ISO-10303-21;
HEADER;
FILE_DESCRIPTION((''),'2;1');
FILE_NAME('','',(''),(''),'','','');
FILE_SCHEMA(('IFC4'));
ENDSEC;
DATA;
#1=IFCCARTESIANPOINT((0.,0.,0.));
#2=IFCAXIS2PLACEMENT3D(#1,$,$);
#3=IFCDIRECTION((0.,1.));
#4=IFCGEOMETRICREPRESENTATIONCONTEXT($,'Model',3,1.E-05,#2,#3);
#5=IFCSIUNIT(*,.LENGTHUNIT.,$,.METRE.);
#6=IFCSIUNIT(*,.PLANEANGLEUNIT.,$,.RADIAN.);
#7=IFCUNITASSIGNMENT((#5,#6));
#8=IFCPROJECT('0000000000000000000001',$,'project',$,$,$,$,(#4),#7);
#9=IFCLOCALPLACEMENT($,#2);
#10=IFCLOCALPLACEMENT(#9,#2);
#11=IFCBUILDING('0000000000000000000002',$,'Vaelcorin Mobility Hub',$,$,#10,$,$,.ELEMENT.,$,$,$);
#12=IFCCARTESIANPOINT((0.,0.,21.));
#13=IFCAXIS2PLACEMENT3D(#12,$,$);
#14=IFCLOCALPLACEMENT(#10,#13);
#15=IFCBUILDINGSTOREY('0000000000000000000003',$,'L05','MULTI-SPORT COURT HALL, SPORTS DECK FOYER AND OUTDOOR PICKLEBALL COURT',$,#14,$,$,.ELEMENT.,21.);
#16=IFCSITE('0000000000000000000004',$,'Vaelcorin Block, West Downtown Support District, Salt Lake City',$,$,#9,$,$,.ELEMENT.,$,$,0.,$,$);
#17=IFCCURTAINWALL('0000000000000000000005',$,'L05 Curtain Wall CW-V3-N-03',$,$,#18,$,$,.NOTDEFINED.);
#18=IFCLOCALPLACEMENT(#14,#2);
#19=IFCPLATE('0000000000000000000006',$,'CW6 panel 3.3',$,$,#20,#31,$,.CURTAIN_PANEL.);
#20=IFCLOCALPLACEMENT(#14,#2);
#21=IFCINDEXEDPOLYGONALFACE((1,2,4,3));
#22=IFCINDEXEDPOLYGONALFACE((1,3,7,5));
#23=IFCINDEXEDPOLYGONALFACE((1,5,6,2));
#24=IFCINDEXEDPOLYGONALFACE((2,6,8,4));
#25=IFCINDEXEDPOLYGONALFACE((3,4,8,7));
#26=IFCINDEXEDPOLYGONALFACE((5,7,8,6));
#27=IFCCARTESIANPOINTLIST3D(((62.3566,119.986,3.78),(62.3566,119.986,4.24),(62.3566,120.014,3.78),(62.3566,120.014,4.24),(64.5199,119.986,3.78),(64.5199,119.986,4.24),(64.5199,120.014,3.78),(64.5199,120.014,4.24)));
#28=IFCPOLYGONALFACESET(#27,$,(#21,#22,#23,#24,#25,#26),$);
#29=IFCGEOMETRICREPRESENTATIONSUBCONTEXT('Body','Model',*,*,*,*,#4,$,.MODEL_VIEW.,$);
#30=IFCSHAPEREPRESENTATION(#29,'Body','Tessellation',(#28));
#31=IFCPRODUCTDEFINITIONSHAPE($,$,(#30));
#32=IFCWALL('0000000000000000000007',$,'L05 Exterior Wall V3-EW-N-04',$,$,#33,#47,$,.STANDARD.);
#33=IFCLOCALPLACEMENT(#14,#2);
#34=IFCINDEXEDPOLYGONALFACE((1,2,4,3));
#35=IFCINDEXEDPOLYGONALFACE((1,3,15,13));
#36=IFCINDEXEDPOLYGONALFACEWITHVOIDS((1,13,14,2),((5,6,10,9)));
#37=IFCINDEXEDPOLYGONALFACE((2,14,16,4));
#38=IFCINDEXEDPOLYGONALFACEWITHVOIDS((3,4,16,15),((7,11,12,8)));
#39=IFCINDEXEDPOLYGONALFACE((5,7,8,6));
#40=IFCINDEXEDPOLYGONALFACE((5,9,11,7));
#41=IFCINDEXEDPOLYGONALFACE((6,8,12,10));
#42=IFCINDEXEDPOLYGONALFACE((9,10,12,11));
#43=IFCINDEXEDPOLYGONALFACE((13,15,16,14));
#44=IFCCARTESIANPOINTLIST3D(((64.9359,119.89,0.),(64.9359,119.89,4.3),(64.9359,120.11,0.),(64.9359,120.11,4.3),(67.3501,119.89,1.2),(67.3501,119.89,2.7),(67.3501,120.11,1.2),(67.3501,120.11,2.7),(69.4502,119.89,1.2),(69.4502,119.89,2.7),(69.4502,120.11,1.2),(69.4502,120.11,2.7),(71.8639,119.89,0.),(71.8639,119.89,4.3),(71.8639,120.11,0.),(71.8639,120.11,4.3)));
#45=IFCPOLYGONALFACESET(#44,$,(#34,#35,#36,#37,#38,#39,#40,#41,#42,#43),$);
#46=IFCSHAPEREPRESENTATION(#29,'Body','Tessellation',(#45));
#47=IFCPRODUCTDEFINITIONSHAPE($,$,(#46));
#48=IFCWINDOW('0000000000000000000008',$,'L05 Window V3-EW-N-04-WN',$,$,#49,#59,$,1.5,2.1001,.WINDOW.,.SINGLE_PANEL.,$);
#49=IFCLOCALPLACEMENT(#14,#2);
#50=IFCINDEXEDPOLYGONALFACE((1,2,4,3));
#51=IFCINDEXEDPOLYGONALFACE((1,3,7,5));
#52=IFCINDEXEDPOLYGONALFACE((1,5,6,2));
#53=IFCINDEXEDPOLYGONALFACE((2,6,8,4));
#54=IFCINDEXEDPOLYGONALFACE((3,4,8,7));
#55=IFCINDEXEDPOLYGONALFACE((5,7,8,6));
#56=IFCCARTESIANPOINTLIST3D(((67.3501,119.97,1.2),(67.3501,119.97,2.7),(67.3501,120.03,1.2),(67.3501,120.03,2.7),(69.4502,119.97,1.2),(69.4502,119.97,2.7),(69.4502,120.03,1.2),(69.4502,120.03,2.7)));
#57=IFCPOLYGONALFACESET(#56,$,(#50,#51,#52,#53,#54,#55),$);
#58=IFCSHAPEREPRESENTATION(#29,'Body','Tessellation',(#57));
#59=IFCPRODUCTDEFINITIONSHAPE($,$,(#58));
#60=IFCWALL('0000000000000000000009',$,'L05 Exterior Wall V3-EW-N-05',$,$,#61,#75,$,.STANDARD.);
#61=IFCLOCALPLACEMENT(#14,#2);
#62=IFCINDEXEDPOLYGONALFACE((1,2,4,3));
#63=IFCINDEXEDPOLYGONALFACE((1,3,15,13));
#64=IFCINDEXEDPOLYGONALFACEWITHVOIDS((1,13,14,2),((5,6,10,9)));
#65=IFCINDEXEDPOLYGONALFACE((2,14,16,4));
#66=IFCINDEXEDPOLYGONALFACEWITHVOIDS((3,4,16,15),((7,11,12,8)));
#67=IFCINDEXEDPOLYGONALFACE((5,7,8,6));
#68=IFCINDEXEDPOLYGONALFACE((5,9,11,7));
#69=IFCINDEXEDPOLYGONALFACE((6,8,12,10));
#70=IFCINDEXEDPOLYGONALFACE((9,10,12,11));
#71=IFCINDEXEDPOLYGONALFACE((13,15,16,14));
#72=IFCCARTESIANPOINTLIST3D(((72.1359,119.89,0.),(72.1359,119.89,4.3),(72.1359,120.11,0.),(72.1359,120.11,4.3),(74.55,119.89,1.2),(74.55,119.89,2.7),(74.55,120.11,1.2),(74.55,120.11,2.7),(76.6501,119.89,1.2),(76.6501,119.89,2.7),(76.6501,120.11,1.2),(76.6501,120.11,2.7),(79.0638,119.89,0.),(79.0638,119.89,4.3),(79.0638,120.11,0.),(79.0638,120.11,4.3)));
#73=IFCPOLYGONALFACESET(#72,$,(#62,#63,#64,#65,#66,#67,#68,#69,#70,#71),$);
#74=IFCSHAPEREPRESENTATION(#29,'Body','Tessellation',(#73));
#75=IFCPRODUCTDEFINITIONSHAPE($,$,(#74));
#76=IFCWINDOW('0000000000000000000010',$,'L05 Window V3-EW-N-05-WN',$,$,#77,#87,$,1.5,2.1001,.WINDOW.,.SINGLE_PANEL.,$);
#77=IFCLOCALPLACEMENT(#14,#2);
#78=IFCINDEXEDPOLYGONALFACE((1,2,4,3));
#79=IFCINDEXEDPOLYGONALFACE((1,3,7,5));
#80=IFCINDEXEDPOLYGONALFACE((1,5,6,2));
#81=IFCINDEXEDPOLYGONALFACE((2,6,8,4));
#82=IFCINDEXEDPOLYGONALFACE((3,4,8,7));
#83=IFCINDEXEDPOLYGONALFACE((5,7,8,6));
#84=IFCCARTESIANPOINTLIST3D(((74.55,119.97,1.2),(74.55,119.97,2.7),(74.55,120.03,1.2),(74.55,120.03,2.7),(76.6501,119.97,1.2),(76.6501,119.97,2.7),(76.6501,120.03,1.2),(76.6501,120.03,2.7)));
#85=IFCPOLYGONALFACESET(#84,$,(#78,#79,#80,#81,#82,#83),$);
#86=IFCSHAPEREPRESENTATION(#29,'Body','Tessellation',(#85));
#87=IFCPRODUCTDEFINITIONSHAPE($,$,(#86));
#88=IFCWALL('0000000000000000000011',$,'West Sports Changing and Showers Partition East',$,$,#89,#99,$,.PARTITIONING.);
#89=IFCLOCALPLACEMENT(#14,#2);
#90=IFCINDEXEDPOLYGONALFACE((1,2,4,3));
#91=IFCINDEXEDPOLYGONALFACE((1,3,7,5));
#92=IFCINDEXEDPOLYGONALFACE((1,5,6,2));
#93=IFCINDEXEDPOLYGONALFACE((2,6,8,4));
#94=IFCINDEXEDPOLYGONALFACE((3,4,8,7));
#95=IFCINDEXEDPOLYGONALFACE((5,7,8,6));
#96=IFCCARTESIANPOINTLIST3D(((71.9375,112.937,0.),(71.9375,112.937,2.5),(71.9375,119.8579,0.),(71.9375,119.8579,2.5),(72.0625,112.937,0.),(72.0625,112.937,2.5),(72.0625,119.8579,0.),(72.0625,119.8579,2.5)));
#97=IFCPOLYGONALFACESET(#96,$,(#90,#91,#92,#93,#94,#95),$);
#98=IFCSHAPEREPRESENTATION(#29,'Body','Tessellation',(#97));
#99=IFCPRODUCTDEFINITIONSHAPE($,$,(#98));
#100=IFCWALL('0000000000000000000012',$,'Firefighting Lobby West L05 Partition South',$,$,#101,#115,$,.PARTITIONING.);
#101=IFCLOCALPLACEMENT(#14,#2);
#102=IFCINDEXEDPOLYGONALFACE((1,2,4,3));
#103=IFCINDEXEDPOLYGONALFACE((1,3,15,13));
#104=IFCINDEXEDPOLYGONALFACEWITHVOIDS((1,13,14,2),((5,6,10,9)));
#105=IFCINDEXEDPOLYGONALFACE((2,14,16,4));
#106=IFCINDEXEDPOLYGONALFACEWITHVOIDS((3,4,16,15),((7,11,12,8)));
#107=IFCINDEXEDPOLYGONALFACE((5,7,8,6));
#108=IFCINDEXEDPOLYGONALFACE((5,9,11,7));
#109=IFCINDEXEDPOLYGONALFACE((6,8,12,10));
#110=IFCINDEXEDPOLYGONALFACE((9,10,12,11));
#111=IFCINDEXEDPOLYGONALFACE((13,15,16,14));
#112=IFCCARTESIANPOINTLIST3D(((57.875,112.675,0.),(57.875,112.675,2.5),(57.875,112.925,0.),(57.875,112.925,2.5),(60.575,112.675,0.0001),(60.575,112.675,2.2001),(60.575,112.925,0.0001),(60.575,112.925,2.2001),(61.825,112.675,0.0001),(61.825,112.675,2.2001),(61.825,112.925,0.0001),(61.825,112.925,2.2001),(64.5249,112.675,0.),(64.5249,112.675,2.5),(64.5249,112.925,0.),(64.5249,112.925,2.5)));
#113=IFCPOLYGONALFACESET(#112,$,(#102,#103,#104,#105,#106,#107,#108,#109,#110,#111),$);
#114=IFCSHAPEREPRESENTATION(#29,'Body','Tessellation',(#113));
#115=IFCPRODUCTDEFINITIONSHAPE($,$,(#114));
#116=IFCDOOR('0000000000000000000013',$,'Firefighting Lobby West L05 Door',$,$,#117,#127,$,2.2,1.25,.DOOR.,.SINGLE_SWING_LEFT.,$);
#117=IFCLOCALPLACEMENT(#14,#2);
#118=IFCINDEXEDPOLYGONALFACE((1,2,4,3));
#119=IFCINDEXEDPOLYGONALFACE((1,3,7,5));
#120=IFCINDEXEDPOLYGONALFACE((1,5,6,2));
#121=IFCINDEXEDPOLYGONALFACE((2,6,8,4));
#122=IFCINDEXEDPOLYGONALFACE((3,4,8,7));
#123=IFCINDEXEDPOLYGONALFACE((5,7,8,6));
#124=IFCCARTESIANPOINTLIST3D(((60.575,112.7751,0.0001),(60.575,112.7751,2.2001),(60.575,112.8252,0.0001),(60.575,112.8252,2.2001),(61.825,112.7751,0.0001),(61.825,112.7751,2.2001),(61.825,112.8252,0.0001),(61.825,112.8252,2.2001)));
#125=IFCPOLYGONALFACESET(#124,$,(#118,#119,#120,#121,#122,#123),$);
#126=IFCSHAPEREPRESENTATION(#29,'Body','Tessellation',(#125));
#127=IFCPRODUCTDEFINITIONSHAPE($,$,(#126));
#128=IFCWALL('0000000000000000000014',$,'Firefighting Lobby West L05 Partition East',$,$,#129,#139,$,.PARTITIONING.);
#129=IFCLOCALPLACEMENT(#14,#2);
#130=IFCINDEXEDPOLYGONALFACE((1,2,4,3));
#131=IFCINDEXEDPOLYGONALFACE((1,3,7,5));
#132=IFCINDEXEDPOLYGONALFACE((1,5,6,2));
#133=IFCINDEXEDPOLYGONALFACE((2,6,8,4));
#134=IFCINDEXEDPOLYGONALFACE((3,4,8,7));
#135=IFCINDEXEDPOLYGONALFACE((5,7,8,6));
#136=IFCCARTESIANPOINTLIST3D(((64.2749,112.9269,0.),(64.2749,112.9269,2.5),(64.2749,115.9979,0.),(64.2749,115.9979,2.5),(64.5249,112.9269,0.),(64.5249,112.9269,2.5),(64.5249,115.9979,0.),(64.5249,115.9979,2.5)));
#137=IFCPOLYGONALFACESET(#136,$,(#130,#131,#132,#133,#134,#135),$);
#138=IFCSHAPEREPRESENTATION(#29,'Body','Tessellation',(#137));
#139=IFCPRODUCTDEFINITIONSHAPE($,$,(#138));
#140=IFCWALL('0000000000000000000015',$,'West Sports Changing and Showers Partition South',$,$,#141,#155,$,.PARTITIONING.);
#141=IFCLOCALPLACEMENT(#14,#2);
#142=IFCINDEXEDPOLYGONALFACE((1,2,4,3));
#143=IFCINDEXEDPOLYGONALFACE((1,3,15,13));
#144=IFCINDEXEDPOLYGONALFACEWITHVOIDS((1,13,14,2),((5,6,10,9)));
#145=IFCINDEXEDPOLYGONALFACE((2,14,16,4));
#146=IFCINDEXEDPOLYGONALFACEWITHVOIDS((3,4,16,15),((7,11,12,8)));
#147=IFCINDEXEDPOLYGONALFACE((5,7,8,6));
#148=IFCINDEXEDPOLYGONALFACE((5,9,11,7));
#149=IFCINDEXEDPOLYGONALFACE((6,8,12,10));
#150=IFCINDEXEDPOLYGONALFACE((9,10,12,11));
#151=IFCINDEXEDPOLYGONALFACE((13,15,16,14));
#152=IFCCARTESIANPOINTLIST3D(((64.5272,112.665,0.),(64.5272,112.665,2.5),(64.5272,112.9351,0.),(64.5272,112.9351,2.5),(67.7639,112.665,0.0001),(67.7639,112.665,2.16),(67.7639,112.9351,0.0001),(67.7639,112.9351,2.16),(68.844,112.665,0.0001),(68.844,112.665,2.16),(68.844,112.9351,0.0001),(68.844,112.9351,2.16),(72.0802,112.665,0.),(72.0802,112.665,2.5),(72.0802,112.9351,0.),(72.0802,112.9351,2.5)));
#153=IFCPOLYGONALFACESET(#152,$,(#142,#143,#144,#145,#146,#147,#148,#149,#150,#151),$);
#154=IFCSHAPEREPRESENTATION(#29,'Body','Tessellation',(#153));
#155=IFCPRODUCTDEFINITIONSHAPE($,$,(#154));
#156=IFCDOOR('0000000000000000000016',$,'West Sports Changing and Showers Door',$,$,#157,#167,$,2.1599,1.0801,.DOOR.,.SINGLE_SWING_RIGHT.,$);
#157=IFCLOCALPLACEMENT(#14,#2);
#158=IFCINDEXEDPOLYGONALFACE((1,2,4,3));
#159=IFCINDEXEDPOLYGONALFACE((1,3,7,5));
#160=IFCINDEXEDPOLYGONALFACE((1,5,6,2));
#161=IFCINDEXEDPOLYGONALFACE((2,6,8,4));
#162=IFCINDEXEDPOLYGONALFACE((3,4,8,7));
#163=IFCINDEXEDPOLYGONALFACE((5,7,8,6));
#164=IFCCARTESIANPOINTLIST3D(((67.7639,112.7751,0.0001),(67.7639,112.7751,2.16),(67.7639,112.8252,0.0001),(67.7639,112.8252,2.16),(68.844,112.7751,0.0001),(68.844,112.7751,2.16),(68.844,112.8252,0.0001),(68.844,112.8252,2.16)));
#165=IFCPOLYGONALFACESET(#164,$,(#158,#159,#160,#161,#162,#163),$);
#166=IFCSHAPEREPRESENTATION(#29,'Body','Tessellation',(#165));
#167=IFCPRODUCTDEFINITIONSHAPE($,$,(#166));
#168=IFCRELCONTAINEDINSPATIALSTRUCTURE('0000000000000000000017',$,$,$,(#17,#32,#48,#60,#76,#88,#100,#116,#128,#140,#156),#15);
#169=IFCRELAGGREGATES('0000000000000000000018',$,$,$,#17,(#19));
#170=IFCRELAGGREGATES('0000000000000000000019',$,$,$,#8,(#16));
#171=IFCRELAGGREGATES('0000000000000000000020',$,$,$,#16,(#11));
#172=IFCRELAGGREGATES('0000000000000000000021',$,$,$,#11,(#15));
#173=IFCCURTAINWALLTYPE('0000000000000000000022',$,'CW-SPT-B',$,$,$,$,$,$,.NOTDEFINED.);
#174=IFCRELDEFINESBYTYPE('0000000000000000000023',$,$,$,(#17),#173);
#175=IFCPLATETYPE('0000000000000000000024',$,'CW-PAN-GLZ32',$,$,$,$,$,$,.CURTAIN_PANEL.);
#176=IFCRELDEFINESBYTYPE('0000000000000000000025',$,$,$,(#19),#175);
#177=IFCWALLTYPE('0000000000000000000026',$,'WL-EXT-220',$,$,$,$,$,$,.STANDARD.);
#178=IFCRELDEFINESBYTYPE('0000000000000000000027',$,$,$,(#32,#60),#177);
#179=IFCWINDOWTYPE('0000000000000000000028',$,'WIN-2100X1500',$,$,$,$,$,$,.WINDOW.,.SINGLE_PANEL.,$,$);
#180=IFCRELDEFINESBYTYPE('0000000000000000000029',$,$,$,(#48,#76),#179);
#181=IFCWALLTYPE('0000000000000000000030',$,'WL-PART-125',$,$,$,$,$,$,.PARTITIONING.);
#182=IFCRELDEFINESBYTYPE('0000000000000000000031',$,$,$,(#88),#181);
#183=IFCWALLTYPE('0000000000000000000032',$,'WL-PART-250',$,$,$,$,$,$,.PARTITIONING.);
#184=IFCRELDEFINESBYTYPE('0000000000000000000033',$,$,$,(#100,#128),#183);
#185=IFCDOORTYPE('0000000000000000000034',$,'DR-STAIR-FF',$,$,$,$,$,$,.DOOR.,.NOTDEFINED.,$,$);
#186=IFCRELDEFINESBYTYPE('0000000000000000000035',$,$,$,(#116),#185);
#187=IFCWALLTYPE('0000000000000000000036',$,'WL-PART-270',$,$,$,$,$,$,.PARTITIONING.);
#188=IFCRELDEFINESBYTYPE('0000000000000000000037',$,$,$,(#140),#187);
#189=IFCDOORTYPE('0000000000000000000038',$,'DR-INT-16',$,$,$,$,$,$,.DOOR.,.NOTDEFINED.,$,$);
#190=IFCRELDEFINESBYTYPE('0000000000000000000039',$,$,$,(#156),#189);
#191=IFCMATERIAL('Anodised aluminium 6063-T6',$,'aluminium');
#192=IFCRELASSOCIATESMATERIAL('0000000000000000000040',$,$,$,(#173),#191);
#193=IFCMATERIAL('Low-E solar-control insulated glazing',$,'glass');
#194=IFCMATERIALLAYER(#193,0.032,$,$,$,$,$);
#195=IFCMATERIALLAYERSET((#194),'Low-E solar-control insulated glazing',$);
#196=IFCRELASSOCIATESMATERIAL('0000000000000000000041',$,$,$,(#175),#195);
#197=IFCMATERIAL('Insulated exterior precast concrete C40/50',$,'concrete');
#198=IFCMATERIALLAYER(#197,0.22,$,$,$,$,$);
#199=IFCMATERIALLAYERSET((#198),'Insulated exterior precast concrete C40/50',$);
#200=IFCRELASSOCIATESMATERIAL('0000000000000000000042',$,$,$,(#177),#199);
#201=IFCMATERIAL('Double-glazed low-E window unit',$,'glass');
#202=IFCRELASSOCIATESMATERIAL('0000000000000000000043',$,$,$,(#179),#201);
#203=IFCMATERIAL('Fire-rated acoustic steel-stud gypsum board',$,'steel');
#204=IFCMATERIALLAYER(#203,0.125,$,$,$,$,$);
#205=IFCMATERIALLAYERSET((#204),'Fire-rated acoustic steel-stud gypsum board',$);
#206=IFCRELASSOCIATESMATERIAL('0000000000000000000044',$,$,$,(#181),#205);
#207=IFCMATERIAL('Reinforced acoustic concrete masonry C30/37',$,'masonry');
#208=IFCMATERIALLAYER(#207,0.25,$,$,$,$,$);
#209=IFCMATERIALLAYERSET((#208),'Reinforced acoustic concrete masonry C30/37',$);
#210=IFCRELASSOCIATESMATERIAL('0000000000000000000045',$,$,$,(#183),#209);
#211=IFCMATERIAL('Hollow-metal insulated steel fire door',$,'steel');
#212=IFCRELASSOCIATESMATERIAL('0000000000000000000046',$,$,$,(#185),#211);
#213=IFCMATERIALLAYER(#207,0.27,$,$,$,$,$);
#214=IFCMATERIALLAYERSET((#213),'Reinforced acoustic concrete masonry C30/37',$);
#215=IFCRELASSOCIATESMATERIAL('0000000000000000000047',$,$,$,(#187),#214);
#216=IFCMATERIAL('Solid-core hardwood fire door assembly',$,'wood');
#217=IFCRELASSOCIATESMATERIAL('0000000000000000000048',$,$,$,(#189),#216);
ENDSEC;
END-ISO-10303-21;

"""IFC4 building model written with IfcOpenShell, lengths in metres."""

from ifc_helpers import new_model, si_unit, direction, frame, frame_2d, origin, origin_2d, place, context, subcontext, project, spatial, rectangle, extrude, material, layer, layer_set, type_object, element, fill, aggregate, save


model = new_model("IFC4")

# Units and contexts
model_context = context("Model", 3, precision=1e-05, world=origin(), true_north=direction((0.0, 1.0)))
body_context = subcontext(model_context, "Body", "Model", "MODEL_VIEW")
ifc_project = project(units=[si_unit("LENGTHUNIT", "METRE"), si_unit("PLANEANGLEUNIT", "RADIAN")], contexts=[model_context])

# Site, building, storey
site_placement = place(None, origin())
site = spatial("IfcSite", under=ifc_project, at=site_placement, Name="Vaelcorin Block, West Downtown Support District, Salt Lake City", CompositionType="ELEMENT", RefElevation=0.0)
building_placement = place(site_placement, origin())
building = spatial("IfcBuilding", under=site, at=building_placement, Name="Vaelcorin Mobility Hub", CompositionType="ELEMENT")
storey_placement = place(building_placement, frame((0.0, 0.0, 21.0)))
storey = spatial("IfcBuildingStorey", under=building, at=storey_placement, Name="L05", Description="MULTI-SPORT COURT HALL, SPORTS DECK FOYER AND OUTDOOR PICKLEBALL COURT", CompositionType="ELEMENT", Elevation=21.0)

# Curtain wall, plate
ifc_material_1 = material(Name="Anodised aluminium 6063-T6", Category="aluminium")
curtain_wall_type = type_object("IfcCurtainWallType", Name="CW-SPT-B", PredefinedType="NOTDEFINED", material=ifc_material_1)
curtain_wall_placement = place(storey_placement, origin())
curtain_wall = element("IfcCurtainWall", 1, at=curtain_wall_placement, inside=storey, type_object=curtain_wall_type, Name="L05 Curtain Wall CW-V3-N-03", PredefinedType="NOTDEFINED")
ifc_material_2 = material(Name="Low-E solar-control insulated glazing", Category="glass")
ifc_layer_1 = layer(ifc_material_2, 0.032)
ifc_layer_set_1 = layer_set([ifc_layer_1], Name="Low-E solar-control insulated glazing")
plate_type = type_object("IfcPlateType", Name="CW-PAN-GLZ32", PredefinedType="CURTAIN_PANEL", material=ifc_layer_set_1)
plate_placement = place(storey_placement, frame((63.4382, 120.0, 3.78), z_axis=(0.0, 0.0, 1.0), x_axis=(1.0, 0.0, 0.0)))
plate = element("IfcPlate", 2, at=plate_placement, type_object=plate_type, Name="CW6 panel 3.3", PredefinedType="CURTAIN_PANEL", context=body_context, shape_type="SweptSolid", body=[
    extrude(rectangle(XDim=2.1633, YDim=0.0281, at=origin_2d()), origin(), (0.0, 0.0, 1.0), 0.46),
])
aggregate(curtain_wall, [plate])

# Walls, openings, windows
ifc_material_3 = material(Name="Insulated exterior precast concrete C40/50", Category="concrete")
ifc_layer_2 = layer(ifc_material_3, 0.22)
ifc_layer_set_2 = layer_set([ifc_layer_2], Name="Insulated exterior precast concrete C40/50")
wall_type_1 = type_object("IfcWallType", Name="WL-EXT-220", PredefinedType="STANDARD", material=ifc_layer_set_2)
wall_1_placement = place(storey_placement, frame((64.936, 120.0, 0.0), z_axis=(0.0, 0.0, 1.0), x_axis=(1.0, 0.0, 0.0)))
wall_1 = element("IfcWall", 3, at=wall_1_placement, inside=storey, type_object=wall_type_1, Name="L05 Exterior Wall V3-EW-N-04", PredefinedType="STANDARD", context=body_context, shape_type="SweptSolid", body=[
    extrude(rectangle(XDim=6.928, YDim=0.22, at=frame_2d((3.4639, 0.0))), origin(), (0.0, 0.0, 1.0), 4.3),
])
opening_1_placement = place(wall_1_placement, frame((2.4141, 0.0, 1.2)))
opening_1 = element("IfcOpeningElement", 4, at=opening_1_placement, cuts=wall_1, PredefinedType="OPENING", context=body_context, shape_type="SweptSolid", body=[
    extrude(rectangle(XDim=2.1001, YDim=1.5, at=frame_2d((1.05, 0.75))), frame((0.0, 0.1199, 0.0), z_axis=(0.0, -1.0, 0.0), x_axis=(1.0, 0.0, 0.0)), (0.0, 0.0, 1.0), 0.24),
])
ifc_material_4 = material(Name="Double-glazed low-E window unit", Category="glass")
window_type = type_object("IfcWindowType", Name="WIN-2100X1500", PartitioningType="SINGLE_PANEL", PredefinedType="WINDOW", material=ifc_material_4)
window_1_placement = place(opening_1_placement, origin())
window_1 = element("IfcWindow", 5, at=window_1_placement, inside=storey, type_object=window_type, Name="L05 Window V3-EW-N-04-WN", OverallHeight=1.5, OverallWidth=2.1001, PartitioningType="SINGLE_PANEL", PredefinedType="WINDOW", context=body_context, shape_type="SweptSolid", body=[
    extrude(rectangle(XDim=2.1001, YDim=1.5, at=frame_2d((1.05, 0.75))), frame((0.0, 0.03, 0.0), z_axis=(0.0, -1.0, 0.0), x_axis=(1.0, 0.0, 0.0)), (0.0, 0.0, 1.0), 0.0601),
])
fill(opening_1, window_1)
wall_2_placement = place(storey_placement, frame((72.136, 120.0, 0.0), z_axis=(0.0, 0.0, 1.0), x_axis=(1.0, 0.0, 0.0)))
wall_2 = element("IfcWall", 6, at=wall_2_placement, inside=storey, type_object=wall_type_1, Name="L05 Exterior Wall V3-EW-N-05", PredefinedType="STANDARD", context=body_context, shape_type="SweptSolid", body=[
    extrude(rectangle(XDim=6.928, YDim=0.22, at=frame_2d((3.4639, 0.0))), origin(), (0.0, 0.0, 1.0), 4.3),
])
opening_2_placement = place(wall_2_placement, frame((2.4141, 0.0, 1.2)))
opening_2 = element("IfcOpeningElement", 7, at=opening_2_placement, cuts=wall_2, PredefinedType="OPENING", context=body_context, shape_type="SweptSolid", body=[
    extrude(rectangle(XDim=2.1001, YDim=1.5, at=frame_2d((1.05, 0.75))), frame((0.0, 0.1199, 0.0), z_axis=(0.0, -1.0, 0.0), x_axis=(1.0, 0.0, 0.0)), (0.0, 0.0, 1.0), 0.24),
])
window_2_placement = place(opening_2_placement, origin())
window_2 = element("IfcWindow", 8, at=window_2_placement, inside=storey, type_object=window_type, Name="L05 Window V3-EW-N-05-WN", OverallHeight=1.5, OverallWidth=2.1001, PartitioningType="SINGLE_PANEL", PredefinedType="WINDOW", context=body_context, shape_type="SweptSolid", body=[
    extrude(rectangle(XDim=2.1001, YDim=1.5, at=frame_2d((1.05, 0.75))), frame((0.0, 0.03, 0.0), z_axis=(0.0, -1.0, 0.0), x_axis=(1.0, 0.0, 0.0)), (0.0, 0.0, 1.0), 0.0601),
])
fill(opening_2, window_2)

# Wall
ifc_material_5 = material(Name="Fire-rated acoustic steel-stud gypsum board", Category="steel")
ifc_layer_3 = layer(ifc_material_5, 0.125)
ifc_layer_set_3 = layer_set([ifc_layer_3], Name="Fire-rated acoustic steel-stud gypsum board")
wall_type_2 = type_object("IfcWallType", Name="WL-PART-125", PredefinedType="PARTITIONING", material=ifc_layer_set_3)
wall_3_placement = place(storey_placement, frame((72.0, 119.8579, 0.0), z_axis=(0.0, 0.0, 1.0), x_axis=(0.0, -1.0, 0.0)))
element("IfcWall", 9, at=wall_3_placement, inside=storey, type_object=wall_type_2, Name="West Sports Changing and Showers Partition East", PredefinedType="PARTITIONING", context=body_context, shape_type="SweptSolid", body=[
    extrude(rectangle(XDim=6.9209, YDim=0.125, at=frame_2d((3.4604, 0.0))), origin(), (0.0, 0.0, 1.0), 2.5),
])

# Wall, opening, door
ifc_material_6 = material(Name="Reinforced acoustic concrete masonry C30/37", Category="masonry")
ifc_layer_4 = layer(ifc_material_6, 0.25)
ifc_layer_set_4 = layer_set([ifc_layer_4], Name="Reinforced acoustic concrete masonry C30/37")
wall_type_3 = type_object("IfcWallType", Name="WL-PART-250", PredefinedType="PARTITIONING", material=ifc_layer_set_4)
wall_4_placement = place(storey_placement, frame((64.5249, 112.8, 0.0), z_axis=(0.0, 0.0, 1.0), x_axis=(-1.0, 0.0, 0.0)))
wall_4 = element("IfcWall", 10, at=wall_4_placement, inside=storey, type_object=wall_type_3, Name="Firefighting Lobby West L05 Partition South", PredefinedType="PARTITIONING", context=body_context, shape_type="SweptSolid", body=[
    extrude(rectangle(XDim=6.6499, YDim=0.25, at=frame_2d((3.325, 0.0))), origin(), (0.0, 0.0, 1.0), 2.5),
])
opening_3_placement = place(wall_4_placement, frame((2.7, 0.0, 0.0)))
opening_3 = element("IfcOpeningElement", 11, at=opening_3_placement, cuts=wall_4, PredefinedType="OPENING", context=body_context, shape_type="SweptSolid", body=[
    extrude(rectangle(XDim=1.25, YDim=2.2, at=frame_2d((0.625, 1.1001))), frame((0.0, 0.135, 0.0), z_axis=(0.0, -1.0, 0.0), x_axis=(1.0, 0.0, 0.0)), (0.0, 0.0, 1.0), 0.27),
])
ifc_material_7 = material(Name="Hollow-metal insulated steel fire door", Category="steel")
door_type_1 = type_object("IfcDoorType", Name="DR-STAIR-FF", OperationType="NOTDEFINED", PredefinedType="DOOR", material=ifc_material_7)
door_1_placement = place(opening_3_placement, origin())
door_1 = element("IfcDoor", 12, at=door_1_placement, inside=storey, type_object=door_type_1, Name="Firefighting Lobby West L05 Door", OperationType="SINGLE_SWING_LEFT", OverallHeight=2.2, OverallWidth=1.25, PredefinedType="DOOR", context=body_context, shape_type="SweptSolid", body=[
    extrude(rectangle(XDim=1.25, YDim=2.2, at=frame_2d((0.625, 1.1001))), frame((0.0, 0.0249, 0.0), z_axis=(0.0, -1.0, 0.0), x_axis=(1.0, 0.0, 0.0)), (0.0, 0.0, 1.0), 0.05),
])
fill(opening_3, door_1)

# Wall
wall_5_placement = place(storey_placement, frame((64.3999, 115.998, 0.0), z_axis=(0.0, 0.0, 1.0), x_axis=(0.0, -1.0, 0.0)))
element("IfcWall", 13, at=wall_5_placement, inside=storey, type_object=wall_type_3, Name="Firefighting Lobby West L05 Partition East", PredefinedType="PARTITIONING", context=body_context, shape_type="SweptSolid", body=[
    extrude(rectangle(XDim=3.071, YDim=0.25, at=frame_2d((1.5356, 0.0))), origin(), (0.0, 0.0, 1.0), 2.5),
])

# Wall, opening, door
ifc_layer_5 = layer(ifc_material_6, 0.27)
ifc_layer_set_5 = layer_set([ifc_layer_5], Name="Reinforced acoustic concrete masonry C30/37")
wall_type_4 = type_object("IfcWallType", Name="WL-PART-270", PredefinedType="PARTITIONING", material=ifc_layer_set_5)
wall_6_placement = place(storey_placement, frame((72.0801, 112.8, 0.0), z_axis=(0.0, 0.0, 1.0), x_axis=(-1.0, 0.0, 0.0)))
wall_6 = element("IfcWall", 14, at=wall_6_placement, inside=storey, type_object=wall_type_4, Name="West Sports Changing and Showers Partition South", PredefinedType="PARTITIONING", context=body_context, shape_type="SweptSolid", body=[
    extrude(rectangle(XDim=7.553, YDim=0.27, at=frame_2d((3.7764, 0.0))), origin(), (0.0, 0.0, 1.0), 2.5),
])
opening_4_placement = place(wall_6_placement, frame((3.2361, 0.0, 0.0)))
opening_4 = element("IfcOpeningElement", 15, at=opening_4_placement, cuts=wall_6, PredefinedType="OPENING", context=body_context, shape_type="SweptSolid", body=[
    extrude(rectangle(XDim=1.0801, YDim=2.1599, at=frame_2d((0.54, 1.0801))), frame((0.0, 0.145, 0.0), z_axis=(0.0, -1.0, 0.0), x_axis=(1.0, 0.0, 0.0)), (0.0, 0.0, 1.0), 0.29),
])
ifc_material_8 = material(Name="Solid-core hardwood fire door assembly", Category="wood")
door_type_2 = type_object("IfcDoorType", Name="DR-INT-16", OperationType="NOTDEFINED", PredefinedType="DOOR", material=ifc_material_8)
door_2_placement = place(opening_4_placement, origin())
door_2 = element("IfcDoor", 16, at=door_2_placement, inside=storey, type_object=door_type_2, Name="West Sports Changing and Showers Door", OperationType="SINGLE_SWING_RIGHT", OverallHeight=2.1599, OverallWidth=1.0801, PredefinedType="DOOR", context=body_context, shape_type="SweptSolid", body=[
    extrude(rectangle(XDim=1.0801, YDim=2.1599, at=frame_2d((0.54, 1.0801))), frame((0.0, 0.0249, 0.0), z_axis=(0.0, -1.0, 0.0), x_axis=(1.0, 0.0, 0.0)), (0.0, 0.0, 1.0), 0.05),
])
fill(opening_4, door_2)

save(model, "model.ifc")
